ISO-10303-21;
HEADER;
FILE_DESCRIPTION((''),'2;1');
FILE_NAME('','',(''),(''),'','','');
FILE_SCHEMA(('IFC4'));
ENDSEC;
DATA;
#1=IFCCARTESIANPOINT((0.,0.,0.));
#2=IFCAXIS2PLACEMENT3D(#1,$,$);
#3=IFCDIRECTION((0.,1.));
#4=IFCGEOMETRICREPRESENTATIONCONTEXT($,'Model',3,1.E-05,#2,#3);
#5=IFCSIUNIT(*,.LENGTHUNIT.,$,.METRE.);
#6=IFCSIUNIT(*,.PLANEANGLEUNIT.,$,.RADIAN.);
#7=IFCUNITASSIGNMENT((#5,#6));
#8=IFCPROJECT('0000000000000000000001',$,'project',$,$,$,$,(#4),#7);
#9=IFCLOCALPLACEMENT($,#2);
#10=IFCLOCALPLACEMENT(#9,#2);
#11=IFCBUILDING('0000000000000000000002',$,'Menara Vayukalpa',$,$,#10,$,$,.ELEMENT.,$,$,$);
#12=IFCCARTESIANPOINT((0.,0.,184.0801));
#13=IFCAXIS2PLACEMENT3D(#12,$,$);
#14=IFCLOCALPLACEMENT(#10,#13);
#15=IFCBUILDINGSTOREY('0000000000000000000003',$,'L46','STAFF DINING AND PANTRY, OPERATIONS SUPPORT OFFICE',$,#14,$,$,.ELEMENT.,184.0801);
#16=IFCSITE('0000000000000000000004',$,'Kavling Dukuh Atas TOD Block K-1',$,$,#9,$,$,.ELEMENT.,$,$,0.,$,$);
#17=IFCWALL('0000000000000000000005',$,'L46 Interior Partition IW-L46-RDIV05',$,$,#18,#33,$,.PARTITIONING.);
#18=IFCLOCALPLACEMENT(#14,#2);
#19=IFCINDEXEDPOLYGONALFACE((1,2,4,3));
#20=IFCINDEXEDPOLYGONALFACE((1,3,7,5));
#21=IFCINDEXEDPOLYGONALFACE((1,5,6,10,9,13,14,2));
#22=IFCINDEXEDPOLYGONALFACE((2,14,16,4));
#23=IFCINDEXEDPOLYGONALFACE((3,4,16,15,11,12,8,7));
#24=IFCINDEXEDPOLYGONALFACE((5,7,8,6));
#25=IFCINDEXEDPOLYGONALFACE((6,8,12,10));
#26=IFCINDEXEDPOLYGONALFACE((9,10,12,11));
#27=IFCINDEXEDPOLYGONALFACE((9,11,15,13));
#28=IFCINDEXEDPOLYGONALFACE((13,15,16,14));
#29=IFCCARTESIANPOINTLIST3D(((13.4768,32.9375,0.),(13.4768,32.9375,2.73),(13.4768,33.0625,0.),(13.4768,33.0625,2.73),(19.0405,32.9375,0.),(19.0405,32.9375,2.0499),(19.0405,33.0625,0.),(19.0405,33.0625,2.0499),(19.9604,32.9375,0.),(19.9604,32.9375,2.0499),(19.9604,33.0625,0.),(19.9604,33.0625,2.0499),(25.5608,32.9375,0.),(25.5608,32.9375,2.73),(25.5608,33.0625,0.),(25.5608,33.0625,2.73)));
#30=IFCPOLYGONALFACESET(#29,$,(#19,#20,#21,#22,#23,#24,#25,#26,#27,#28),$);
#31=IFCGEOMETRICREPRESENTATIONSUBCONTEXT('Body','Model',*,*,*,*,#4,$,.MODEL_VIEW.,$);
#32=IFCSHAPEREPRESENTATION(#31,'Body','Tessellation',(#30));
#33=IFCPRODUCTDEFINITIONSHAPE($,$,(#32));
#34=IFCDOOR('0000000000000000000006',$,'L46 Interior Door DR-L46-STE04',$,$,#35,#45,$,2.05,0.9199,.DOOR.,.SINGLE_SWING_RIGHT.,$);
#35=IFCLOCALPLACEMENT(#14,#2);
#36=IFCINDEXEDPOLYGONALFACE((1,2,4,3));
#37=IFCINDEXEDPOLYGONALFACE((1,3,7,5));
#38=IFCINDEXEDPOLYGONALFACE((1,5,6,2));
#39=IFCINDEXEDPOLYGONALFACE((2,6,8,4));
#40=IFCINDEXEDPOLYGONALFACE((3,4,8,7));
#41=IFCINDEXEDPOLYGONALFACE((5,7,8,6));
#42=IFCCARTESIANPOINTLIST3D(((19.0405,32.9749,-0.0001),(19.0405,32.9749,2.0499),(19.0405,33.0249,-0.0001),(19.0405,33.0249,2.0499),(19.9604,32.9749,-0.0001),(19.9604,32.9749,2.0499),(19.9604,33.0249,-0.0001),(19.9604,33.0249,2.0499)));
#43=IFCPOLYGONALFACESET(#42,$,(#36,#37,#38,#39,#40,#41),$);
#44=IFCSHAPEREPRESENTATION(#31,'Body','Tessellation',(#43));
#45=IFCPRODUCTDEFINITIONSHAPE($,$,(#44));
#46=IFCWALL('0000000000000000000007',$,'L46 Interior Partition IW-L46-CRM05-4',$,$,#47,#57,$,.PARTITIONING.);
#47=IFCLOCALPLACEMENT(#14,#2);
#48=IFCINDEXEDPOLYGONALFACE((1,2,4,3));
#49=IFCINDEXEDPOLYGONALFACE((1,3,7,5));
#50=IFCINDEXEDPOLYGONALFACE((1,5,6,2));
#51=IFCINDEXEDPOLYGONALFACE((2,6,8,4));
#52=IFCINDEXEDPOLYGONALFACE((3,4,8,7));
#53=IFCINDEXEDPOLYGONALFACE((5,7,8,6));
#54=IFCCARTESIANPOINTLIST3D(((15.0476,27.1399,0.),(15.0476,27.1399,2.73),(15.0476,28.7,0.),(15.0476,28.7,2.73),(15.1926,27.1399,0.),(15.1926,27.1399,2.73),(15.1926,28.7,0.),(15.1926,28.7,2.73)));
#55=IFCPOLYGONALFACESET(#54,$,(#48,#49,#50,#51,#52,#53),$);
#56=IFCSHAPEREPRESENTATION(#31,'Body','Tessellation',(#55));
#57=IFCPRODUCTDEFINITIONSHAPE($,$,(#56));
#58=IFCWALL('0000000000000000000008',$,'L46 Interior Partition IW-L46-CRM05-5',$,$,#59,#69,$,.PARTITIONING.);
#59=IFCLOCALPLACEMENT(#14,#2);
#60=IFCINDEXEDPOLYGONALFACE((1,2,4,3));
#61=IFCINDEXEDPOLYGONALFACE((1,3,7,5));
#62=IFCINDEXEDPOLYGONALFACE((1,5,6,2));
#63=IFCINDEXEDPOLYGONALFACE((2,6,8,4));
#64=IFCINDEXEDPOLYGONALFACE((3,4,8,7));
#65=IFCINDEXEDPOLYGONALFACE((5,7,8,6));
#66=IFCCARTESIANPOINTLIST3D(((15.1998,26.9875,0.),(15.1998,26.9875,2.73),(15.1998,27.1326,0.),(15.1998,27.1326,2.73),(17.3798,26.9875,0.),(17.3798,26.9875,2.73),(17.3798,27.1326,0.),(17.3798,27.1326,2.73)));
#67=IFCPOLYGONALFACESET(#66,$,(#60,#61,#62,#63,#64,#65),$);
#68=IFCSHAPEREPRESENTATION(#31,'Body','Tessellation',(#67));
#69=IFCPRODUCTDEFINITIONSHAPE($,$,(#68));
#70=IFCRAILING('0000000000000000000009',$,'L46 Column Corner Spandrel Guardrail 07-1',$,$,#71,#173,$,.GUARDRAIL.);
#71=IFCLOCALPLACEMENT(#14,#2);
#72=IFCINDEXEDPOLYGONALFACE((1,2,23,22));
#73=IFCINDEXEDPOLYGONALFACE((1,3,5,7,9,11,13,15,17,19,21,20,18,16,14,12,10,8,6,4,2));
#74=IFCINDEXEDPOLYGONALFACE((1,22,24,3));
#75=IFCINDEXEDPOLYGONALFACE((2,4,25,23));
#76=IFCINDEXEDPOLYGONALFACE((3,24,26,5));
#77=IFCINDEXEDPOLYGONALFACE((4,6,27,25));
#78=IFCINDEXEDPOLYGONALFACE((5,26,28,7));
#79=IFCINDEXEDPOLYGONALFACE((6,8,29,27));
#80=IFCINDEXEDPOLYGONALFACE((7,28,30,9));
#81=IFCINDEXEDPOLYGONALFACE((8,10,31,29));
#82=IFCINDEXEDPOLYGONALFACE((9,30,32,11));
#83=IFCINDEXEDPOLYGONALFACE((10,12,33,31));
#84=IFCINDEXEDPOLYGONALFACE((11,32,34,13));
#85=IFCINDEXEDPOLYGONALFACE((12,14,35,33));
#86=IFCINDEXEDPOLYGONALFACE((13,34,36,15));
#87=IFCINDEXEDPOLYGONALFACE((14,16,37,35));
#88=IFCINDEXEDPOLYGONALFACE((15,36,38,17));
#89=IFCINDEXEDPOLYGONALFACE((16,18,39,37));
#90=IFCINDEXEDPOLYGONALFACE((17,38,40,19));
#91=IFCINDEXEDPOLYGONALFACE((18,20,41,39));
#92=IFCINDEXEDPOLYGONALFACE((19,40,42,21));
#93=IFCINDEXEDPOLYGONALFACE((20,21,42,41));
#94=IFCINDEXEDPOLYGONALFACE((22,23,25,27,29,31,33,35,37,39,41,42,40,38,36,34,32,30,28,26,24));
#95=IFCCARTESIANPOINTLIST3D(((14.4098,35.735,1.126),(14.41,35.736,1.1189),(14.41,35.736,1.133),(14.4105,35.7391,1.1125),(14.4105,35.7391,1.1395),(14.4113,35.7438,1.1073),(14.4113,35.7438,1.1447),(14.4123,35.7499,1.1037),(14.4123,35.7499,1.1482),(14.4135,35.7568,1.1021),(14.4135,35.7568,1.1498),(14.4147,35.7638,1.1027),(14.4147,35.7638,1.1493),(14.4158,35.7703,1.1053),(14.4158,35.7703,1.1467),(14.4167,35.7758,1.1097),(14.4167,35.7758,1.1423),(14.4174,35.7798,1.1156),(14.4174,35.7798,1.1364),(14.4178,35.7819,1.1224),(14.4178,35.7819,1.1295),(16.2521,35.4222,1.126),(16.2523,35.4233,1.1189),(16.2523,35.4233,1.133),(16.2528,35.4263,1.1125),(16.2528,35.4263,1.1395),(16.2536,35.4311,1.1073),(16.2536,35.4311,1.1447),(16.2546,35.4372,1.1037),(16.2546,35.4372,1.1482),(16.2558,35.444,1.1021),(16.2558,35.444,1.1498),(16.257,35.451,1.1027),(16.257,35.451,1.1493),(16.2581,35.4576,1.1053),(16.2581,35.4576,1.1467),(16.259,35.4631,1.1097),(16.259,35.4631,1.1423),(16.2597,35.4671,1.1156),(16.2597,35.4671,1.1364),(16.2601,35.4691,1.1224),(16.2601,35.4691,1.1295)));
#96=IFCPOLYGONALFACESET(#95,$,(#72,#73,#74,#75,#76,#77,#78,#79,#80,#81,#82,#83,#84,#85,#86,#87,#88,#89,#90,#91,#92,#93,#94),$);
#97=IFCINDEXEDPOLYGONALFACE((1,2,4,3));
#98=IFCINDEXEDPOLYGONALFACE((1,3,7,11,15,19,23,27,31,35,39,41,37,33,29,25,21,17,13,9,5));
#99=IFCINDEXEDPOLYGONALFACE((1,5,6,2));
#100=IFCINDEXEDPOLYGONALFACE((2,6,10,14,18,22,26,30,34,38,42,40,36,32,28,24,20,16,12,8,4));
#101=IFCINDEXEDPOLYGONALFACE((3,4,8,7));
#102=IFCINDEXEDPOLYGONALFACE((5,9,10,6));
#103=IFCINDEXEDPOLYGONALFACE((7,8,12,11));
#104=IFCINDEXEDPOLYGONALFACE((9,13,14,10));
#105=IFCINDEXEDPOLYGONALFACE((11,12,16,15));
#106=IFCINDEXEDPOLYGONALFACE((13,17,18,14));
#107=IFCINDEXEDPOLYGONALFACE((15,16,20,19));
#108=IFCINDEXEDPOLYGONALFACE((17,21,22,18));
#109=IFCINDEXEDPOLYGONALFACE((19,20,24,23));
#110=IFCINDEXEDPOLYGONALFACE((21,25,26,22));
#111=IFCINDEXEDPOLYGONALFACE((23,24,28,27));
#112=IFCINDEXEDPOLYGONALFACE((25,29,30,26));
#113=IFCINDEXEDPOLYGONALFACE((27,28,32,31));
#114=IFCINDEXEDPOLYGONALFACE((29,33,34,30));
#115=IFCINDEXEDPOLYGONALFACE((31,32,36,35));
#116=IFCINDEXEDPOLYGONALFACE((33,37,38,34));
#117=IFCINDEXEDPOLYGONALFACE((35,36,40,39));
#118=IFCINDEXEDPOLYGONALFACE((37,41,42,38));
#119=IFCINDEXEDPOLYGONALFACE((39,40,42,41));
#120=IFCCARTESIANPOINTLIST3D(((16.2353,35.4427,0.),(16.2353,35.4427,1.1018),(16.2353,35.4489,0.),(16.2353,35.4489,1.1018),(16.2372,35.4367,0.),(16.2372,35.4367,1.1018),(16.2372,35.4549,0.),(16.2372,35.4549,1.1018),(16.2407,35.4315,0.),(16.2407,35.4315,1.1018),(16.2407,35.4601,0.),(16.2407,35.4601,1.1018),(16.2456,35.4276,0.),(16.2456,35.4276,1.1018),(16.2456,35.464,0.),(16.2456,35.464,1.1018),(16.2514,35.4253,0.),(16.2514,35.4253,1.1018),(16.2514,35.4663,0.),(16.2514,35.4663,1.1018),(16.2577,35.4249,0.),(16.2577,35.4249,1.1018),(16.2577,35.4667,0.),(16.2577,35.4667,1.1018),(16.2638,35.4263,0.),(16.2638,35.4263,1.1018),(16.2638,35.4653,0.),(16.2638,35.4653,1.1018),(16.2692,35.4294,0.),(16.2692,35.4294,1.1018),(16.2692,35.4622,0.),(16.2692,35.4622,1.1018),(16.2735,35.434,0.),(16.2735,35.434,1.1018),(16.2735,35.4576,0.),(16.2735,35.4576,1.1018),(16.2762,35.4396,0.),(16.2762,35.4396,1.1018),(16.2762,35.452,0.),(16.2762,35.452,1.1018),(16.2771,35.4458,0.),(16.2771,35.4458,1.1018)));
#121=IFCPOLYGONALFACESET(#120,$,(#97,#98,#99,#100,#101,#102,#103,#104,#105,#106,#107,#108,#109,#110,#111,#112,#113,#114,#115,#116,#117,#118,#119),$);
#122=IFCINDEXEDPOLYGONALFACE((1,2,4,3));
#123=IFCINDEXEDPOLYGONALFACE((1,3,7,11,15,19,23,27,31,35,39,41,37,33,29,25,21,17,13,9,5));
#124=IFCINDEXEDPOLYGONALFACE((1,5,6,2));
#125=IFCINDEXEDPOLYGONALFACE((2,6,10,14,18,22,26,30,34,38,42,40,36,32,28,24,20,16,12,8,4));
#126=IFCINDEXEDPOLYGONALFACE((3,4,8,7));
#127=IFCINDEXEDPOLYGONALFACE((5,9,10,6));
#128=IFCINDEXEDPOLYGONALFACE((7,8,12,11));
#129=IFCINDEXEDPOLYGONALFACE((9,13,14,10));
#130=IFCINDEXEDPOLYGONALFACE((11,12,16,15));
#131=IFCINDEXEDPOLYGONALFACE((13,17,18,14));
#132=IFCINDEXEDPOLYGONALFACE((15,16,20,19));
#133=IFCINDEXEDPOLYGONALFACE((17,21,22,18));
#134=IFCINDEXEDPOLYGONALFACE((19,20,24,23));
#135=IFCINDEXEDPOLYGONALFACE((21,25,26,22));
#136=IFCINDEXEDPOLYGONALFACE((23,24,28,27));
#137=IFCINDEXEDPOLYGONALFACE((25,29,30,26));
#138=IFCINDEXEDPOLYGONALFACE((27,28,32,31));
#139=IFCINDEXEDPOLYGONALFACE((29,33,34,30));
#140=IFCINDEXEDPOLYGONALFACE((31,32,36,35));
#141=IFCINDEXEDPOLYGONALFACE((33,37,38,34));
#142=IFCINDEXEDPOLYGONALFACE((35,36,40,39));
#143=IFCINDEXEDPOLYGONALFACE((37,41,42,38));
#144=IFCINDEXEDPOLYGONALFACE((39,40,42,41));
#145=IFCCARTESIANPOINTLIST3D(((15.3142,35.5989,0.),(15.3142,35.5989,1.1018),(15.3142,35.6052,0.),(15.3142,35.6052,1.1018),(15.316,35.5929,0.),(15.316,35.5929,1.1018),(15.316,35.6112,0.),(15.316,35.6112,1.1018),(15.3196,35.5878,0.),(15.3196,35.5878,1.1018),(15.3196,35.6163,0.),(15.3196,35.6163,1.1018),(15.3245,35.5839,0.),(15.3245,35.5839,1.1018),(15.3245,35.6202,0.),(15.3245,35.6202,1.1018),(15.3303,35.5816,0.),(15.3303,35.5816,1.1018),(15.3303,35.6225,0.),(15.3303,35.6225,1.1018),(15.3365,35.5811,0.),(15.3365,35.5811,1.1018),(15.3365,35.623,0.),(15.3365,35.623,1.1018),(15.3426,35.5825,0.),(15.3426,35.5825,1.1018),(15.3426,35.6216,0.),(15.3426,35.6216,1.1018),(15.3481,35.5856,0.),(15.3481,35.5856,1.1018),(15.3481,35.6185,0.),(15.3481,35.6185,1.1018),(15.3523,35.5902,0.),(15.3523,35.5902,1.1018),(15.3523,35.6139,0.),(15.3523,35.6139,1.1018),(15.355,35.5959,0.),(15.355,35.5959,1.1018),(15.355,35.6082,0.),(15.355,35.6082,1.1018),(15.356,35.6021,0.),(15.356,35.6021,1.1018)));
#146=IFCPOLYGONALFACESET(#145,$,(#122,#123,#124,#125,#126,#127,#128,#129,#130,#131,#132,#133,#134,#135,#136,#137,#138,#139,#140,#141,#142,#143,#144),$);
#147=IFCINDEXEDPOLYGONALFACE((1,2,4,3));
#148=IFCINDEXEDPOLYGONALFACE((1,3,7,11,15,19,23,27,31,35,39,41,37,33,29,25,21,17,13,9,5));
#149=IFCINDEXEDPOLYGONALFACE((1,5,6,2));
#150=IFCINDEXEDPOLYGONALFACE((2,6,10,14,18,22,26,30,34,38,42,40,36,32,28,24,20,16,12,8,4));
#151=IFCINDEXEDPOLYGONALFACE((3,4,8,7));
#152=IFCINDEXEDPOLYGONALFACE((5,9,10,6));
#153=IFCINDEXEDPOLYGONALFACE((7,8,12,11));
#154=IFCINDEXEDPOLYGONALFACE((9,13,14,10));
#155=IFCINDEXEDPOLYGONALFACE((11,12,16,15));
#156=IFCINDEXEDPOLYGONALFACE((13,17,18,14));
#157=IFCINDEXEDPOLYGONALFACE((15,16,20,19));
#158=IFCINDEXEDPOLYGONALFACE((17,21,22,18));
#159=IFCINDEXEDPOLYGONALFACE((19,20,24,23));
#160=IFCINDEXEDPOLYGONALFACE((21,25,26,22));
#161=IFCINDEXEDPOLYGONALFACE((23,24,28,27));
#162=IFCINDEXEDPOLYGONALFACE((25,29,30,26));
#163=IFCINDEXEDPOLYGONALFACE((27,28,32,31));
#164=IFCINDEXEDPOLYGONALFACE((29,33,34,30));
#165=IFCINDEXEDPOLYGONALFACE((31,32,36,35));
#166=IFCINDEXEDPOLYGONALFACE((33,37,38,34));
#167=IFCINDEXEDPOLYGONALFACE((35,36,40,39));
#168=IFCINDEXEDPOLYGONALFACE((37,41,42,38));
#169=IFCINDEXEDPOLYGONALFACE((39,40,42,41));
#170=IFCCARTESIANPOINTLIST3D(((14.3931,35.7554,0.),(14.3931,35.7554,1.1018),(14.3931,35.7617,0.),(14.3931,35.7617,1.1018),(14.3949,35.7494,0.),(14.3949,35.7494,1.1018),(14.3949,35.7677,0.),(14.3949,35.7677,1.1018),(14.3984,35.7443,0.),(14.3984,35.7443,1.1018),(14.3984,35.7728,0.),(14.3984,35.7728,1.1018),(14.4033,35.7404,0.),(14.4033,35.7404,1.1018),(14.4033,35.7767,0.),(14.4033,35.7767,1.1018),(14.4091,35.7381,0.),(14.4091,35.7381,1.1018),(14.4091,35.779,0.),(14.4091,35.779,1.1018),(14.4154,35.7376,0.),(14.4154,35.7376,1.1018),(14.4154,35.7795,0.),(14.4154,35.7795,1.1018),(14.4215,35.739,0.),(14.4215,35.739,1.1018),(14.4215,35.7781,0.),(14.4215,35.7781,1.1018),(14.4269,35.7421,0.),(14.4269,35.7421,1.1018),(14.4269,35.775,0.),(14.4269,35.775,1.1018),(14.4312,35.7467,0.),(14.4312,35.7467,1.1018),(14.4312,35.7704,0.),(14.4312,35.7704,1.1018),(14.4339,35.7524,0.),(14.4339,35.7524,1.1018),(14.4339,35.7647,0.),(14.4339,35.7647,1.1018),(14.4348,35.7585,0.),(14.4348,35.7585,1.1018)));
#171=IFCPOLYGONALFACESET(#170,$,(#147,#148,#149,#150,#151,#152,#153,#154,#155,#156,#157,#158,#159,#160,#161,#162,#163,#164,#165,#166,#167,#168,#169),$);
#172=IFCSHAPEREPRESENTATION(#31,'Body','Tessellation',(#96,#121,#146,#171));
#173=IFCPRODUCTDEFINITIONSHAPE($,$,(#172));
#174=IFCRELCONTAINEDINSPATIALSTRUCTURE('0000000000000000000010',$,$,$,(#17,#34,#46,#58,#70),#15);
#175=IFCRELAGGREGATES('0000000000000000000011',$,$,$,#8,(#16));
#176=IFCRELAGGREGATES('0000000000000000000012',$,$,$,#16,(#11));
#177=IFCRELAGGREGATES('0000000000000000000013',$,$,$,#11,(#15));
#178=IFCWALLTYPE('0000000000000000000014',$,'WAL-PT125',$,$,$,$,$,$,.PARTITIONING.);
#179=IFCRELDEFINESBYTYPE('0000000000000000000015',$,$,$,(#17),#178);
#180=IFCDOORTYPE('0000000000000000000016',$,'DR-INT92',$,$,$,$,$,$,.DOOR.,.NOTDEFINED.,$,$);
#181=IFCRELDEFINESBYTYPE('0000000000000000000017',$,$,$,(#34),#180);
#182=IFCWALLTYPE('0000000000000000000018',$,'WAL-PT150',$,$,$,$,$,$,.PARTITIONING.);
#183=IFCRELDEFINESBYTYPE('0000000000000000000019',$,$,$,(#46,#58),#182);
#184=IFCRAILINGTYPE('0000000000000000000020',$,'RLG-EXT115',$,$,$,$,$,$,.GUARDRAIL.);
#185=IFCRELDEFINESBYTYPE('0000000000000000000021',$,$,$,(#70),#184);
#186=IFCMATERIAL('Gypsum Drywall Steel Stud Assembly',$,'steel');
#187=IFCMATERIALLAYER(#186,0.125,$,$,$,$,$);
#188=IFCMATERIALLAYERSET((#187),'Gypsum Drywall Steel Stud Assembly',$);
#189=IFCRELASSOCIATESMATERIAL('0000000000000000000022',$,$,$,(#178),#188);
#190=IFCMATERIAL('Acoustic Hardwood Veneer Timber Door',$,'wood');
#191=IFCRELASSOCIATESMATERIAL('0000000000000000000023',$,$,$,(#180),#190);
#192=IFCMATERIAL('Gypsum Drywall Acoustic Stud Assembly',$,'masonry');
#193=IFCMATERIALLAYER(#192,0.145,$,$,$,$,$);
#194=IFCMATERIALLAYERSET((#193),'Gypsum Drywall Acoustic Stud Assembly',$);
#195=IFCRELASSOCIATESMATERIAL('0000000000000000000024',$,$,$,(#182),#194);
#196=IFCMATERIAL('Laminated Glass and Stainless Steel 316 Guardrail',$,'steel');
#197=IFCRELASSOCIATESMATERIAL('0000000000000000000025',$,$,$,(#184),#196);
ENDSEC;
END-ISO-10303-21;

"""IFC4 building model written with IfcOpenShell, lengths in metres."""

from ifc_helpers import new_model, si_unit, direction, frame, frame_2d, origin, origin_2d, place, context, subcontext, project, spatial, rectangle, circle, extrude, material, layer, layer_set, type_object, element, fill, save


model = new_model("IFC4")

# Units and contexts
model_context = context("Model", 3, precision=1e-05, world=origin(), true_north=direction((0.0, 1.0)))
body_context = subcontext(model_context, "Body", "Model", "MODEL_VIEW")
ifc_project = project(units=[si_unit("LENGTHUNIT", "METRE"), si_unit("PLANEANGLEUNIT", "RADIAN")], contexts=[model_context])

# Site, building, storey
site_placement = place(None, origin())
site = spatial("IfcSite", under=ifc_project, at=site_placement, Name="Kavling Dukuh Atas TOD Block K-1", CompositionType="ELEMENT", RefElevation=0.0)
building_placement = place(site_placement, origin())
building = spatial("IfcBuilding", under=site, at=building_placement, Name="Menara Vayukalpa", CompositionType="ELEMENT")
storey_placement = place(building_placement, frame((0.0, 0.0, 184.0801)))
storey = spatial("IfcBuildingStorey", under=building, at=storey_placement, Name="L46", Description="STAFF DINING AND PANTRY, OPERATIONS SUPPORT OFFICE", CompositionType="ELEMENT", Elevation=184.0801)

# Wall, opening, door
ifc_material_1 = material(Name="Gypsum Drywall Steel Stud Assembly", Category="steel")
ifc_layer_1 = layer(ifc_material_1, 0.125)
ifc_layer_set_1 = layer_set([ifc_layer_1], Name="Gypsum Drywall Steel Stud Assembly")
wall_type_1 = type_object("IfcWallType", Name="WAL-PT125", PredefinedType="PARTITIONING", material=ifc_layer_set_1)
wall_1_placement = place(storey_placement, frame((13.4768, 33.0, 0.0), z_axis=(0.0, 0.0, 1.0), x_axis=(1.0, 0.0, 0.0)))
wall_1 = element("IfcWall", 1, at=wall_1_placement, inside=storey, type_object=wall_type_1, Name="L46 Interior Partition IW-L46-RDIV05", PredefinedType="PARTITIONING", context=body_context, shape_type="SweptSolid", body=[
    extrude(rectangle(XDim=12.084, YDim=0.125, at=frame_2d((6.042, 0.0))), origin(), (0.0, 0.0, 1.0), 2.73),
])
opening_placement = place(wall_1_placement, frame((5.5637, 0.0, 0.0)))
opening = element("IfcOpeningElement", 2, at=opening_placement, cuts=wall_1, PredefinedType="OPENING", context=body_context, shape_type="SweptSolid", body=[
    extrude(rectangle(XDim=0.9199, YDim=2.05, at=frame_2d((0.46, 1.0249))), frame((0.0, 0.0725, 0.0), z_axis=(0.0, -1.0, 0.0), x_axis=(1.0, 0.0, 0.0)), (0.0, 0.0, 1.0), 0.145),
])
ifc_material_2 = material(Name="Acoustic Hardwood Veneer Timber Door", Category="wood")
door_type = type_object("IfcDoorType", Name="DR-INT92", OperationType="NOTDEFINED", PredefinedType="DOOR", material=ifc_material_2)
door_placement = place(opening_placement, origin())
door = element("IfcDoor", 3, at=door_placement, inside=storey, type_object=door_type, Name="L46 Interior Door DR-L46-STE04", OperationType="SINGLE_SWING_RIGHT", OverallHeight=2.05, OverallWidth=0.9199, PredefinedType="DOOR", context=body_context, shape_type="SweptSolid", body=[
    extrude(rectangle(XDim=0.9199, YDim=2.05, at=frame_2d((0.46, 1.0249))), frame((0.0, 0.0249, 0.0), z_axis=(0.0, -1.0, 0.0), x_axis=(1.0, 0.0, 0.0)), (0.0, 0.0, 1.0), 0.05),
])
fill(opening, door)

# Walls
ifc_material_3 = material(Name="Gypsum Drywall Acoustic Stud Assembly", Category="masonry")
ifc_layer_2 = layer(ifc_material_3, 0.145)
ifc_layer_set_2 = layer_set([ifc_layer_2], Name="Gypsum Drywall Acoustic Stud Assembly")
wall_type_2 = type_object("IfcWallType", Name="WAL-PT150", PredefinedType="PARTITIONING", material=ifc_layer_set_2)
wall_2_placement = place(storey_placement, frame((15.1201, 28.7, 0.0), z_axis=(0.0, 0.0, 1.0), x_axis=(0.0, -1.0, 0.0)))
element("IfcWall", 4, at=wall_2_placement, inside=storey, type_object=wall_type_2, Name="L46 Interior Partition IW-L46-CRM05-4", PredefinedType="PARTITIONING", context=body_context, shape_type="SweptSolid", body=[
    extrude(rectangle(XDim=1.5601, YDim=0.145, at=frame_2d((0.78, 0.0))), origin(), (0.0, 0.0, 1.0), 2.73),
])
wall_3_placement = place(storey_placement, frame((15.2, 27.0601, 0.0), z_axis=(0.0, 0.0, 1.0), x_axis=(1.0, 0.0, 0.0)))
element("IfcWall", 5, at=wall_3_placement, inside=storey, type_object=wall_type_2, Name="L46 Interior Partition IW-L46-CRM05-5", PredefinedType="PARTITIONING", context=body_context, shape_type="SweptSolid", body=[
    extrude(rectangle(XDim=2.1799, YDim=0.145, at=frame_2d((1.0898, 0.0))), origin(), (0.0, 0.0, 1.0), 2.73),
])

# Railing
ifc_material_4 = material(Name="Laminated Glass and Stainless Steel 316 Guardrail", Category="steel")
railing_type = type_object("IfcRailingType", Name="RLG-EXT115", PredefinedType="GUARDRAIL", material=ifc_material_4)
railing_placement = place(storey_placement, frame((16.2561, 35.4458, 0.0)))
element("IfcRailing", 6, at=railing_placement, inside=storey, type_object=railing_type, Name="L46 Column Corner Spandrel Guardrail 07-1", PredefinedType="GUARDRAIL", context=body_context, shape_type="SweptSolid", body=[
    extrude(circle(Radius=0.0239, at=origin_2d()), frame((0.0, 0.0, 1.126), z_axis=(-0.985895, 0.167364, 0.0), x_axis=(-0.167364, -0.985895, 0.0)), (0.0, 0.0, 1.0), 1.8687),
    extrude(circle(Radius=0.021, at=origin_2d()), origin(), (0.0, 0.0, 1.0), 1.1018),
    extrude(circle(Radius=0.021, at=origin_2d()), frame((-0.9211, 0.1562, 0.0)), (0.0, 0.0, 1.0), 1.1018),
    extrude(circle(Radius=0.021, at=origin_2d()), frame((-1.8423, 0.3127, 0.0)), (0.0, 0.0, 1.0), 1.1018),
])

save(model, "model.ifc")
